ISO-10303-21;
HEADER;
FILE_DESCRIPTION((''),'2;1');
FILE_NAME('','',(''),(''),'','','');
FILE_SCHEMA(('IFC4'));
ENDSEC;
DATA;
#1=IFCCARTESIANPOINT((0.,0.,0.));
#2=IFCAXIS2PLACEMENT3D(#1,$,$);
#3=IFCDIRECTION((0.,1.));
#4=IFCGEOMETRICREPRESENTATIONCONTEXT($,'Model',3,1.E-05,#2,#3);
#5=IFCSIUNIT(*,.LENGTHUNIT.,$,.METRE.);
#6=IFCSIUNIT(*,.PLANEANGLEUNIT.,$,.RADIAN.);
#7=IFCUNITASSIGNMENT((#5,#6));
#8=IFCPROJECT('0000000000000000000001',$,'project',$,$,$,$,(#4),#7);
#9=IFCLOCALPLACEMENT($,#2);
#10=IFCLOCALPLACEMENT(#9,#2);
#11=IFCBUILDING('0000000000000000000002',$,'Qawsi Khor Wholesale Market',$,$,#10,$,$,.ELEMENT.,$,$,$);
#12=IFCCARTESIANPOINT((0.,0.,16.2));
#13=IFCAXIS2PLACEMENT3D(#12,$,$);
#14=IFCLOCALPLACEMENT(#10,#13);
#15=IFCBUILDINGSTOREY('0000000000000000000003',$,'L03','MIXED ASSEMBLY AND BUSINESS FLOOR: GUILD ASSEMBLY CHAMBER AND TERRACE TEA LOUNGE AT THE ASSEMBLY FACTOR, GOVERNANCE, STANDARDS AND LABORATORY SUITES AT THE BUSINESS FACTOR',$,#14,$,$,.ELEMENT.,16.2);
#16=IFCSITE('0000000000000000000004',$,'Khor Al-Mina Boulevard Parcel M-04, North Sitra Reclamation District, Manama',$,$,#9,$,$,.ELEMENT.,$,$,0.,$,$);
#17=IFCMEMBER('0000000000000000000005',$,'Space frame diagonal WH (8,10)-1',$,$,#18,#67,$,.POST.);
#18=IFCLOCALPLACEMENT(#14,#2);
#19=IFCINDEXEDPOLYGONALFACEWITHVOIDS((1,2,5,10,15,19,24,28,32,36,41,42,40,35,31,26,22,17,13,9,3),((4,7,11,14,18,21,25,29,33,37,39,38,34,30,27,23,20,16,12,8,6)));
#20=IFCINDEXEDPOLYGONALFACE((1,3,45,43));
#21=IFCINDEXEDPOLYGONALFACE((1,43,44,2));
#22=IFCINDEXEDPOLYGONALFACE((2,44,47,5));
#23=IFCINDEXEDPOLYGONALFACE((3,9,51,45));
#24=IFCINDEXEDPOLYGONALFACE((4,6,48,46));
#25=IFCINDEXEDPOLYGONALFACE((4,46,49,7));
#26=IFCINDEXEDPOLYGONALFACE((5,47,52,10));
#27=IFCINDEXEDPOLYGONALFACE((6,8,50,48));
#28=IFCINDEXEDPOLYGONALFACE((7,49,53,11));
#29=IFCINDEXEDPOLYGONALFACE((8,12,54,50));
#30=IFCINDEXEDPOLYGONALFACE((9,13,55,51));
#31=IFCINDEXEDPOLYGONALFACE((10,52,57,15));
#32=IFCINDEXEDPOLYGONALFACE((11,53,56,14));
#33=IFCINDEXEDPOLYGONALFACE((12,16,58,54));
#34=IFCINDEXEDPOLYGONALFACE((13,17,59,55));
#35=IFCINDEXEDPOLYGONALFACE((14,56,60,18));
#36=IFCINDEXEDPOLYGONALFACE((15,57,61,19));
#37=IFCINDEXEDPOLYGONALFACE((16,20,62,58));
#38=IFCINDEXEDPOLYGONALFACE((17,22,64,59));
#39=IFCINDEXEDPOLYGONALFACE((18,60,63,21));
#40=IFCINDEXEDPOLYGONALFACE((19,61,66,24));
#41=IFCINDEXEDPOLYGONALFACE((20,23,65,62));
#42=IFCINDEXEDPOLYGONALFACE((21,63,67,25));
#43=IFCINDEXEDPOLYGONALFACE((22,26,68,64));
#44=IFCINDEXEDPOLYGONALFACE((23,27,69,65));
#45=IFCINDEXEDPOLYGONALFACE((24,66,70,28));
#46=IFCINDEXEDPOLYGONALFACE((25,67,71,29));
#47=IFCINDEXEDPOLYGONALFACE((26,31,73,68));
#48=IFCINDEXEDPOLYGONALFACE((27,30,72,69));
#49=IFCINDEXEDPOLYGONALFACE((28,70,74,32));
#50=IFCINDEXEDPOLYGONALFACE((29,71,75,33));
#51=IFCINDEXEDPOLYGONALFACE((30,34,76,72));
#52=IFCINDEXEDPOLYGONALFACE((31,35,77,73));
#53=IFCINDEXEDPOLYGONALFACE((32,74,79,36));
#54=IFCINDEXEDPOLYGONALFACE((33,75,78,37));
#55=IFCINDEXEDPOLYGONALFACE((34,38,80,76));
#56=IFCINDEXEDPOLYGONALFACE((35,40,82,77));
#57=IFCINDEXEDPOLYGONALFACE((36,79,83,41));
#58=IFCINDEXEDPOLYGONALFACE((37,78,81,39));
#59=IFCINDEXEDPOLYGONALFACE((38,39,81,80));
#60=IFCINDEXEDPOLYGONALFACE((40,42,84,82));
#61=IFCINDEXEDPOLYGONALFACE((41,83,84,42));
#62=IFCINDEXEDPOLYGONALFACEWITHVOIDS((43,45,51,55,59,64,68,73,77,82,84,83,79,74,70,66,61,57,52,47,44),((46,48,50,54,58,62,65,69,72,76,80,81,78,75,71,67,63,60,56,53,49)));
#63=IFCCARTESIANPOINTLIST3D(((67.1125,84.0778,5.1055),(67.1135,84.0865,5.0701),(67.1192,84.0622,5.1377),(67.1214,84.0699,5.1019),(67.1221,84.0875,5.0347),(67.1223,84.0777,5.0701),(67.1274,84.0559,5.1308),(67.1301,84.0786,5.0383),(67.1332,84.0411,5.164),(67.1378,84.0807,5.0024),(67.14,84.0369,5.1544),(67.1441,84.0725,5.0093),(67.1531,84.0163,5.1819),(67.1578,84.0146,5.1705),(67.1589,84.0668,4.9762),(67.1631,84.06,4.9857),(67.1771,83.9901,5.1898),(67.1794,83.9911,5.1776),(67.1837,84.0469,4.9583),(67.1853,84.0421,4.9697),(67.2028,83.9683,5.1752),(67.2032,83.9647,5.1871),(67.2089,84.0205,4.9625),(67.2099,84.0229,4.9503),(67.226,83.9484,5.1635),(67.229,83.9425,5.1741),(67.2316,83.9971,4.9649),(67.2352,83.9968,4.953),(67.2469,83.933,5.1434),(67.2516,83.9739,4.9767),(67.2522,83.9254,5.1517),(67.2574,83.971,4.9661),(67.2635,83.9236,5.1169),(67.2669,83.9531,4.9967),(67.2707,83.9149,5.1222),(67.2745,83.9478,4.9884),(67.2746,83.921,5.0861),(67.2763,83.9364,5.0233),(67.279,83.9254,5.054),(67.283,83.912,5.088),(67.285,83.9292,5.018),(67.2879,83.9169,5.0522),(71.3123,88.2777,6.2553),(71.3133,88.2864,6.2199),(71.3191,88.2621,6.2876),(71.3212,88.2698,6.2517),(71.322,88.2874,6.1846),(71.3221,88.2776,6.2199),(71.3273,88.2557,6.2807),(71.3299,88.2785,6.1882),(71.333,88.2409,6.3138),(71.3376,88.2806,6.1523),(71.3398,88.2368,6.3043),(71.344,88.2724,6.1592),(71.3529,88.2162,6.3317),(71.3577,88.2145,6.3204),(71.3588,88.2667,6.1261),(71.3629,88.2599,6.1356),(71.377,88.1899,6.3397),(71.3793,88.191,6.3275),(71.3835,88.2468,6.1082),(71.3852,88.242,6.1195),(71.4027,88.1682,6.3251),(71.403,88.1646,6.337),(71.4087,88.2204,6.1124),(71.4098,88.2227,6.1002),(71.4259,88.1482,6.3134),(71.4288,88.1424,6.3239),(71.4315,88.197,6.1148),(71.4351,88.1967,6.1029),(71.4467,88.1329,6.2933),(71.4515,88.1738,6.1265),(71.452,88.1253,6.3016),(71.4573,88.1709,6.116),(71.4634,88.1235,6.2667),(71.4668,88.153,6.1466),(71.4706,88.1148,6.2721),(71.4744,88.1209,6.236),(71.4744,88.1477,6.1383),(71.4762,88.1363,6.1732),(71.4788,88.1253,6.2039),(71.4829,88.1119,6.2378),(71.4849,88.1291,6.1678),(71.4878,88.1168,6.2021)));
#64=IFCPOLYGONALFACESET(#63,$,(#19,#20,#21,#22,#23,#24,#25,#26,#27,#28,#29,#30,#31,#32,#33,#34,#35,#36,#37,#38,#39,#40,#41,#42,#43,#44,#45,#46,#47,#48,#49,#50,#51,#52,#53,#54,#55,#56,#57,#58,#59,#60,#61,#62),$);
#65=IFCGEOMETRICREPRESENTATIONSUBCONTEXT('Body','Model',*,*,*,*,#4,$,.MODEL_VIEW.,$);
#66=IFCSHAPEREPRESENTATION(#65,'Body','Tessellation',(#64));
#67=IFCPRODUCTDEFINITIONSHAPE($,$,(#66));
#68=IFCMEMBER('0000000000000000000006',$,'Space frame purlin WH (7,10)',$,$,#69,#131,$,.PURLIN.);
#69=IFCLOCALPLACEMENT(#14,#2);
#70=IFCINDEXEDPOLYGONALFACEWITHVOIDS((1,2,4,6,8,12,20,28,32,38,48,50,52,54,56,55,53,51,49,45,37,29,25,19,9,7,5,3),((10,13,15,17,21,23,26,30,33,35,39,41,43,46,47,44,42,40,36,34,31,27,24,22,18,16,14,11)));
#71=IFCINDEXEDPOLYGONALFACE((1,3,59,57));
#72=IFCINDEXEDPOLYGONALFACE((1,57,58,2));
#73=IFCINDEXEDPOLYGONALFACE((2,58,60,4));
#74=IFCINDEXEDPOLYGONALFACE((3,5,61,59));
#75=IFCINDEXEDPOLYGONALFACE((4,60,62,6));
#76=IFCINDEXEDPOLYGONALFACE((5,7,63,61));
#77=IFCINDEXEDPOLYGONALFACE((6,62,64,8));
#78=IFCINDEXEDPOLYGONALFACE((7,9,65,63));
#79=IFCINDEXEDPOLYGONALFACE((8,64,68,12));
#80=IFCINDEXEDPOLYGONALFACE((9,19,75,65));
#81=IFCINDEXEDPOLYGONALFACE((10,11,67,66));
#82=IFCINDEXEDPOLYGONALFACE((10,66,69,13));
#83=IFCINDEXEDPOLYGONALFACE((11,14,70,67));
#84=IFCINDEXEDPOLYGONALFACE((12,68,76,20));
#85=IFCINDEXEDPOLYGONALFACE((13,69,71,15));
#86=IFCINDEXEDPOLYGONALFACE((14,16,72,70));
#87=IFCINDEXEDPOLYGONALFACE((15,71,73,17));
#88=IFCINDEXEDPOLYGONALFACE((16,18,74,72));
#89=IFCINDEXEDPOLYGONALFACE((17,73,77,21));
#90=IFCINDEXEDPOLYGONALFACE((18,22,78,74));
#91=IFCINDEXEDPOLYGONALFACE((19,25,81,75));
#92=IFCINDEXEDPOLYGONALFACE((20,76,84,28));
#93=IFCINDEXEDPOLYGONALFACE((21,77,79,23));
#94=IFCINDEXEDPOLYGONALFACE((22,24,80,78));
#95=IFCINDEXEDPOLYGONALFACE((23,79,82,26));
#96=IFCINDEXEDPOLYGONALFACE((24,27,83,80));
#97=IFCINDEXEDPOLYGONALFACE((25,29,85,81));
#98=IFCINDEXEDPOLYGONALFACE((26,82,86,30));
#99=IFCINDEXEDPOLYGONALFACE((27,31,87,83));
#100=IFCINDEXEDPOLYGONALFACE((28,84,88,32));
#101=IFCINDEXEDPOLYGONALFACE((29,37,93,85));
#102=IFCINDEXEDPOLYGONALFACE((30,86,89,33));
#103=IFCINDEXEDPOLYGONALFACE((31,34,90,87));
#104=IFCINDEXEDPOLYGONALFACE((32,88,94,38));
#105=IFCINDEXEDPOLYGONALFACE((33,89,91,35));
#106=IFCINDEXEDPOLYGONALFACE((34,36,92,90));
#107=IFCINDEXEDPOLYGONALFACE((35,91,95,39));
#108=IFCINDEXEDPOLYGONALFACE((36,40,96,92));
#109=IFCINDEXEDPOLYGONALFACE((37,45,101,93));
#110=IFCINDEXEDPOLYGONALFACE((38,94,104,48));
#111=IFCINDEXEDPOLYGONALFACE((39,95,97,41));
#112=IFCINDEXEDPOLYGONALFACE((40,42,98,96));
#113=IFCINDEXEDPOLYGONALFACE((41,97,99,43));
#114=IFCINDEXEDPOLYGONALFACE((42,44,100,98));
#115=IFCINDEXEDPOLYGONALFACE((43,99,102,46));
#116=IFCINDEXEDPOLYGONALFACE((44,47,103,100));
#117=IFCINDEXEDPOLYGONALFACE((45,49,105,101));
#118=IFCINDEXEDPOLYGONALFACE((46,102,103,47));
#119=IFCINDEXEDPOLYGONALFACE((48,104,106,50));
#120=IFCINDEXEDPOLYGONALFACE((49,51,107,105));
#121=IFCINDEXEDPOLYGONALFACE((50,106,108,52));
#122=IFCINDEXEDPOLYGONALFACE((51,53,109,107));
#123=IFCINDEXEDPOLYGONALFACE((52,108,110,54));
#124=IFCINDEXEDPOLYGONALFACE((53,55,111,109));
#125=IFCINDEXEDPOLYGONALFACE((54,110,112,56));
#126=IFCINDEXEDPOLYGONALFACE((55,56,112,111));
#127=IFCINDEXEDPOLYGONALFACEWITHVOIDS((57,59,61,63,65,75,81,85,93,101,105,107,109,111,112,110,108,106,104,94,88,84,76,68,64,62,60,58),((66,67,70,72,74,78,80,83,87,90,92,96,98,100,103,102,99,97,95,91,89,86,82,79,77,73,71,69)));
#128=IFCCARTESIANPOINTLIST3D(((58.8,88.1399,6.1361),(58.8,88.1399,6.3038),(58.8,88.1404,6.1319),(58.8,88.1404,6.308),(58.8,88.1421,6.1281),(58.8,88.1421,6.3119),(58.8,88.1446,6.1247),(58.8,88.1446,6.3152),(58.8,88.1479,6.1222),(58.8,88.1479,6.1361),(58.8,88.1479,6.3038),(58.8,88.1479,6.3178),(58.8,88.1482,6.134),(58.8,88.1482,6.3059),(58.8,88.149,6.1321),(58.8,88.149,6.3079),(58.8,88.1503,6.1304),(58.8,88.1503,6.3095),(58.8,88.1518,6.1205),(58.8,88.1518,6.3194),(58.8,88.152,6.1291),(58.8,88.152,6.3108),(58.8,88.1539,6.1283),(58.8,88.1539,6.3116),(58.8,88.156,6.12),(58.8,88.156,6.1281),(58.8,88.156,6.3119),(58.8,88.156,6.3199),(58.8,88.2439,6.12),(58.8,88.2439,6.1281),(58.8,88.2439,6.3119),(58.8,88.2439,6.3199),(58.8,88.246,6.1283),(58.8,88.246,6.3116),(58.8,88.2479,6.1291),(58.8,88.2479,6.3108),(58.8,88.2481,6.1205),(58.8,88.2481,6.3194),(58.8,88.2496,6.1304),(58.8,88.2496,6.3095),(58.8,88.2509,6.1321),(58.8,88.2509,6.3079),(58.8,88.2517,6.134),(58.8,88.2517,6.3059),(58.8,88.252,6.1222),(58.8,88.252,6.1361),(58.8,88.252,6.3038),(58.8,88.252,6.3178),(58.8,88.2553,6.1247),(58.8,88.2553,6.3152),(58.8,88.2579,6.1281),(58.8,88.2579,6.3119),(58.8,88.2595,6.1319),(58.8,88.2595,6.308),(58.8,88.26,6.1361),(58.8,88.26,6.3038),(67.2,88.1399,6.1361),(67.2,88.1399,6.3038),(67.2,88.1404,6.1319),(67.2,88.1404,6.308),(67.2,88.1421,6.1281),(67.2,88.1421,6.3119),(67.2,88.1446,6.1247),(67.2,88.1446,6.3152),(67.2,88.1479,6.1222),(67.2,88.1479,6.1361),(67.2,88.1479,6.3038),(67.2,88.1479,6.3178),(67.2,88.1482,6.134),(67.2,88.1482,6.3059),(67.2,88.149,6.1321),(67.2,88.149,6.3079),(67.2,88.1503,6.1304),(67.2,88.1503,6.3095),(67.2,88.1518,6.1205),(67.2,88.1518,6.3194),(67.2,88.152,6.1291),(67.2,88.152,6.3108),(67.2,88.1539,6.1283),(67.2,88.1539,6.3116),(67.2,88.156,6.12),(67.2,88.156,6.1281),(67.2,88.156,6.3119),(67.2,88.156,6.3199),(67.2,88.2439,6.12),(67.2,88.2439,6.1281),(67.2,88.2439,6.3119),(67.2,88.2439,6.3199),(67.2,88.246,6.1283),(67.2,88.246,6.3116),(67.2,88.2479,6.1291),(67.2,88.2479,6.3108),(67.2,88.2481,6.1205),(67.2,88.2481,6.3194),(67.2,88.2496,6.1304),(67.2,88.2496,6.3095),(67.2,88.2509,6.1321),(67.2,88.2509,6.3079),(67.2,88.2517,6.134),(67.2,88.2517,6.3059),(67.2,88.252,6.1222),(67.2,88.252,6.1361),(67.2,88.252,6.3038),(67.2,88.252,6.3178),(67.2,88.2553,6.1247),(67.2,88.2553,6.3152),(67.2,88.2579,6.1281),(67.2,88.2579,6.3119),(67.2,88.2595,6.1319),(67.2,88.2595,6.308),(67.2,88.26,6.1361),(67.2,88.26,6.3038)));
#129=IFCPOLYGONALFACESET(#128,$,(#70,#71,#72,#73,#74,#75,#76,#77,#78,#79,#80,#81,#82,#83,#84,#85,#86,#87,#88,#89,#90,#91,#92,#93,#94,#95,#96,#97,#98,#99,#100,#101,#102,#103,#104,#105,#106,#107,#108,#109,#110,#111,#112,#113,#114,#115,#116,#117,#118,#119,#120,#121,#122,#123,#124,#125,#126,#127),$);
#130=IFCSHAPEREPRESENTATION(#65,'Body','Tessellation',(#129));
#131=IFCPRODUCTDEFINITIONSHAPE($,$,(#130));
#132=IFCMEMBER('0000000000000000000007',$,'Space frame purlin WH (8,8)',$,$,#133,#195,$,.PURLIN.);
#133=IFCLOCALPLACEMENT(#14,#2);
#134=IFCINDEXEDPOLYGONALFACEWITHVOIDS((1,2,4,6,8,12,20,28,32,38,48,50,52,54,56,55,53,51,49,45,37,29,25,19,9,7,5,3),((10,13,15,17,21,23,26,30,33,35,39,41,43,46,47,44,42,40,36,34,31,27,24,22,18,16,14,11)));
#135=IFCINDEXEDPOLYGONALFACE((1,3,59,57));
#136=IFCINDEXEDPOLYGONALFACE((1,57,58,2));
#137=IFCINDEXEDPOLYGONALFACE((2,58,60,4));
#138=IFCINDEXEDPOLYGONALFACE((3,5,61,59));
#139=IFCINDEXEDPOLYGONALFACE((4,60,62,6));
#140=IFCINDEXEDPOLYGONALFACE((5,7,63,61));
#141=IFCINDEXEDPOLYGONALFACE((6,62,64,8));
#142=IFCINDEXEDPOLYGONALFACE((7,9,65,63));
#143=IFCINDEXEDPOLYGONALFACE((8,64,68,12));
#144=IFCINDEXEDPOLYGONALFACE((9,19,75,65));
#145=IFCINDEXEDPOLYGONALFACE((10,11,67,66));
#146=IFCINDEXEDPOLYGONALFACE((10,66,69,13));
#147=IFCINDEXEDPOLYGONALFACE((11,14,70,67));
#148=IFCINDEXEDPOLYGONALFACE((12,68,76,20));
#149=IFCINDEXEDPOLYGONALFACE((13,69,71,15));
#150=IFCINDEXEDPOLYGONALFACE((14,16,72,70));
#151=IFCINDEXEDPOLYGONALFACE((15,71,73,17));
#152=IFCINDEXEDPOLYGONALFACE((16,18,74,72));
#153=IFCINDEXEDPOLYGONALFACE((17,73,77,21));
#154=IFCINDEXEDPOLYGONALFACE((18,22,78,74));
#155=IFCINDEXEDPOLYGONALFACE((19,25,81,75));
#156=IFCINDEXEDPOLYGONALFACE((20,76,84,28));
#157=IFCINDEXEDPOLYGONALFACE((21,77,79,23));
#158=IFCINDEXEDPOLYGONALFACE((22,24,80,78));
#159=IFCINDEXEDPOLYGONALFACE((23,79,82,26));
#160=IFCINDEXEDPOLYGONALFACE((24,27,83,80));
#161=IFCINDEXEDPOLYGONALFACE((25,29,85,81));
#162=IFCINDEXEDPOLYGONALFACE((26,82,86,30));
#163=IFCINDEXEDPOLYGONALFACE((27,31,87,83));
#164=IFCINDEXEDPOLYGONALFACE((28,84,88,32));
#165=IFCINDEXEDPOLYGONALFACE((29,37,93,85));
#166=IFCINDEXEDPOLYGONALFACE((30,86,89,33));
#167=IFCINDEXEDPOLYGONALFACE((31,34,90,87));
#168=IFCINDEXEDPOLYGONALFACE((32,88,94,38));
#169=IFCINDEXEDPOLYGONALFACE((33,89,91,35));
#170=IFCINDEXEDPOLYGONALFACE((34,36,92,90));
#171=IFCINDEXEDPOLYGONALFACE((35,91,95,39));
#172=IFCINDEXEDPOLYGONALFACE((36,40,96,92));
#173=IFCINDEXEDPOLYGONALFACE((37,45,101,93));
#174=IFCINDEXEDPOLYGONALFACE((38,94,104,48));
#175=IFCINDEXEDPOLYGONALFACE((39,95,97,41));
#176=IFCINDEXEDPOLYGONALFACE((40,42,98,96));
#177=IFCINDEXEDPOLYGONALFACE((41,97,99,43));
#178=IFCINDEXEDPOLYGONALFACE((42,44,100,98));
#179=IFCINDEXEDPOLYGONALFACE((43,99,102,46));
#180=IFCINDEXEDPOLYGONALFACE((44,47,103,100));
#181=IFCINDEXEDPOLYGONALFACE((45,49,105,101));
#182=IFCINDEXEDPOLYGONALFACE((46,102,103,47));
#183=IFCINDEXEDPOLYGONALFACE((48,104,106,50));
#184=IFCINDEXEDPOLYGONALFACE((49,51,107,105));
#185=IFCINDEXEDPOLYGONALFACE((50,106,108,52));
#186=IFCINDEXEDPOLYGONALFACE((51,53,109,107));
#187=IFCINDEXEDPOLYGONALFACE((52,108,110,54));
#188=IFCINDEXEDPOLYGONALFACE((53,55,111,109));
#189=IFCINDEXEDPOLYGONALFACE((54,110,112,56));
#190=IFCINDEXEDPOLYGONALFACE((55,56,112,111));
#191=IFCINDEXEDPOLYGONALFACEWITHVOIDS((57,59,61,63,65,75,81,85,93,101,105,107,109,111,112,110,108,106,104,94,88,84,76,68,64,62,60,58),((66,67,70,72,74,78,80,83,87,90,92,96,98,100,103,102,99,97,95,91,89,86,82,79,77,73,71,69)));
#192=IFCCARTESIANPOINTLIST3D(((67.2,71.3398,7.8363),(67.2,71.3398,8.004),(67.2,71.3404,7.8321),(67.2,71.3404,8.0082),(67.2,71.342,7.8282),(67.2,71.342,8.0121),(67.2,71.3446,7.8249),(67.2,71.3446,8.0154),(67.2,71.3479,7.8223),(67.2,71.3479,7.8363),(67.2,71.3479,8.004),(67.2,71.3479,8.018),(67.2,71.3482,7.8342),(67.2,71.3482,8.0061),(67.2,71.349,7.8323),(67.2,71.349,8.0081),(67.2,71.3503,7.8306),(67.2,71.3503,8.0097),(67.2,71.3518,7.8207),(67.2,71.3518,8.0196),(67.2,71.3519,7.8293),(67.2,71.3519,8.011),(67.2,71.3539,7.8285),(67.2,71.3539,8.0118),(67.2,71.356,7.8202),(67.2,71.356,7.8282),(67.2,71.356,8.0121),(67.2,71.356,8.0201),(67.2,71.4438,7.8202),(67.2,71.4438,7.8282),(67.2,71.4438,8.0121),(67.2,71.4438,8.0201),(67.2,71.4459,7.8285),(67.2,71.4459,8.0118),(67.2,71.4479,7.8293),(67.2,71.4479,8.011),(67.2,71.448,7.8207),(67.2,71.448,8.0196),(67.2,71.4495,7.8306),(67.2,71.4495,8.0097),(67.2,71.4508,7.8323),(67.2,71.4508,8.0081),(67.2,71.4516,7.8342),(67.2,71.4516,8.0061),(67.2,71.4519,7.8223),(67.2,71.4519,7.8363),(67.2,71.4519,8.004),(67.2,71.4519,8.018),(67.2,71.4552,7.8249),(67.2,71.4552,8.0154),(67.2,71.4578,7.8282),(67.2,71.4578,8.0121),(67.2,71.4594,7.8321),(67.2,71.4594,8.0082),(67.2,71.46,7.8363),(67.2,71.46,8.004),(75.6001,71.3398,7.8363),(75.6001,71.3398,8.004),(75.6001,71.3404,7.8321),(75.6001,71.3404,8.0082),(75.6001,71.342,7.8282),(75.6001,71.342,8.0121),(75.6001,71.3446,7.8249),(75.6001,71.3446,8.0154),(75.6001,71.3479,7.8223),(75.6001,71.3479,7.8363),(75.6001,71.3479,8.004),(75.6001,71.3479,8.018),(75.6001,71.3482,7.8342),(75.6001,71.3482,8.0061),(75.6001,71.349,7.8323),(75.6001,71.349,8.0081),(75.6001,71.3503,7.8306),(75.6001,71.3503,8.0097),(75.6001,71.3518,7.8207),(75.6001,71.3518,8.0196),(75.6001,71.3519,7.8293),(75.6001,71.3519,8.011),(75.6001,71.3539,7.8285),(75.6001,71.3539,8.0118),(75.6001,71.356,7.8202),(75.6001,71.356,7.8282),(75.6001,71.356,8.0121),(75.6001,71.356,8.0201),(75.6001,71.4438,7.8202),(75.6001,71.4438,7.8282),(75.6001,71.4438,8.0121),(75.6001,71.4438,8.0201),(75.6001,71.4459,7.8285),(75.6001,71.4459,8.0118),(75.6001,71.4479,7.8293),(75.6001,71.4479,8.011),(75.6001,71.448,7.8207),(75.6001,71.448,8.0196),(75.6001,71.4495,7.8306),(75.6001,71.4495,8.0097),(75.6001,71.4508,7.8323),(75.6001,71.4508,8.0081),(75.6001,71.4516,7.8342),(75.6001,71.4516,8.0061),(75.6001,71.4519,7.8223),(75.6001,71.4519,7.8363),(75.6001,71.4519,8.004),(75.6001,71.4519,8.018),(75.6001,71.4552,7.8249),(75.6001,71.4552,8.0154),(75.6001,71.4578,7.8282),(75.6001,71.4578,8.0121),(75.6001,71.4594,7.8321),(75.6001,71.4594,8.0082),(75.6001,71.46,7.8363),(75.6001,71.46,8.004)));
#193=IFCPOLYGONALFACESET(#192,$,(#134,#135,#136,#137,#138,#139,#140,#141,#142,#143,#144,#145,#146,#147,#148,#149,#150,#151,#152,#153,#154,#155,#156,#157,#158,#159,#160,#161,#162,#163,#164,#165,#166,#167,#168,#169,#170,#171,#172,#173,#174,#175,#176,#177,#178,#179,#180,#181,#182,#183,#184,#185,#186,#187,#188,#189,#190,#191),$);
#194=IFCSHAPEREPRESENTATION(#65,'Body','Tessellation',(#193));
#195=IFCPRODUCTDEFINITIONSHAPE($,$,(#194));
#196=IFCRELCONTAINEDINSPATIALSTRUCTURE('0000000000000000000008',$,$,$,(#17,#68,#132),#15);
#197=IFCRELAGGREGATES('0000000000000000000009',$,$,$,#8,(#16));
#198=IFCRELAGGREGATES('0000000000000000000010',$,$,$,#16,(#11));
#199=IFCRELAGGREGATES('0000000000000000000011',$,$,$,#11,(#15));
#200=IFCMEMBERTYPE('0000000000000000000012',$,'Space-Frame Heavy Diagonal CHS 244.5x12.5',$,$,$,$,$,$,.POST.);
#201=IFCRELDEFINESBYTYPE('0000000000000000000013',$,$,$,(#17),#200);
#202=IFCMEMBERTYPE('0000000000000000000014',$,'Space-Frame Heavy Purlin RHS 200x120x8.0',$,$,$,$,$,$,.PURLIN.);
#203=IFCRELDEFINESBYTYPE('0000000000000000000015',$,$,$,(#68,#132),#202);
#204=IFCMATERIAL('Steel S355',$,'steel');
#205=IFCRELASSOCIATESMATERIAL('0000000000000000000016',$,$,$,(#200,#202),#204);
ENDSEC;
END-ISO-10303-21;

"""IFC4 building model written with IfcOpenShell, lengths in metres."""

from ifc_helpers import new_model, si_unit, direction, frame, origin, origin_2d, place, context, subcontext, project, spatial, hollow_rectangle, hollow_circle, extrude, material, material_profile, profile_set, type_object, element, save


model = new_model("IFC4")

# Units and contexts
model_context = context("Model", 3, precision=1e-05, world=origin(), true_north=direction((0.0, 1.0)))
body_context = subcontext(model_context, "Body", "Model", "MODEL_VIEW")
ifc_project = project(units=[si_unit("LENGTHUNIT", "METRE"), si_unit("PLANEANGLEUNIT", "RADIAN")], contexts=[model_context])

# Site, building, storey
site_placement = place(None, origin())
site = spatial("IfcSite", under=ifc_project, at=site_placement, Name="Khor Al-Mina Boulevard Parcel M-04, North Sitra Reclamation District, Manama", CompositionType="ELEMENT", RefElevation=0.0)
building_placement = place(site_placement, origin())
building = spatial("IfcBuilding", under=site, at=building_placement, Name="Qawsi Khor Wholesale Market", CompositionType="ELEMENT")
storey_placement = place(building_placement, frame((0.0, 0.0, 16.2)))
storey = spatial("IfcBuildingStorey", under=building, at=storey_placement, Name="L03", Description="MIXED ASSEMBLY AND BUSINESS FLOOR: GUILD ASSEMBLY CHAMBER AND TERRACE TEA LOUNGE AT THE ASSEMBLY FACTOR, GOVERNANCE, STANDARDS AND LABORATORY SUITES AT THE BUSINESS FACTOR", CompositionType="ELEMENT", Elevation=16.2)

# Members
ifc_material_1 = material(Name="Steel S355", Category="steel")
ifc_material_profile_1 = material_profile(ifc_material_1, hollow_circle(Radius=0.1223, WallThickness=0.0125, at=origin_2d()), Name="CHS 244.5x12.5")
ifc_profile_set_1 = profile_set([ifc_material_profile_1], Name="Steel S355")
member_type_1 = type_object("IfcMemberType", Name="Space-Frame Heavy Diagonal CHS 244.5x12.5", PredefinedType="POST", material=ifc_profile_set_1)
member_1_placement = place(storey_placement, frame((67.2, 84.0, 5.0701), z_axis=(0.694217, 0.694217, 0.190069), x_axis=(-0.707107, 0.707107, 0.0)))
element("IfcMember", 1, at=member_1_placement, inside=storey, type_object=member_type_1, Name="Space frame diagonal WH (8,10)-1", PredefinedType="POST", context=body_context, shape_type="SweptSolid", body=[
    extrude(hollow_circle(Radius=0.1223, WallThickness=0.0125, at=origin_2d()), origin(), (0.0, 0.0, 1.0), 6.0498),
])
ifc_material_profile_2 = material_profile(ifc_material_1, hollow_rectangle(XDim=0.1201, YDim=0.2, WallThickness=0.0081, InnerFilletRadius=0.0081, OuterFilletRadius=0.0161, at=origin_2d()), Name="RHS 200x120x8.0")
ifc_profile_set_2 = profile_set([ifc_material_profile_2], Name="Steel S355")
member_type_2 = type_object("IfcMemberType", Name="Space-Frame Heavy Purlin RHS 200x120x8.0", PredefinedType="PURLIN", material=ifc_profile_set_2)
member_2_placement = place(storey_placement, frame((58.8, 88.2, 6.22), z_axis=(1.0, 0.0, 0.0), x_axis=(0.0, 1.0, 0.0)))
element("IfcMember", 2, at=member_2_placement, inside=storey, type_object=member_type_2, Name="Space frame purlin WH (7,10)", PredefinedType="PURLIN", context=body_context, shape_type="SweptSolid", body=[
    extrude(hollow_rectangle(XDim=0.1201, YDim=0.2, WallThickness=0.0081, InnerFilletRadius=0.0081, OuterFilletRadius=0.0161, at=origin_2d()), origin(), (0.0, 0.0, 1.0), 8.3999),
])
for number, where, z_axis, x_axis, name in (
    (3, (67.2, 71.3999, 7.9202), (1.0, 0.0, 0.0), (0.0, 1.0, 0.0), "Space frame purlin WH (8,8)"),
):
    element("IfcMember", number, at=place(storey_placement, frame(where, z_axis=z_axis, x_axis=x_axis)), inside=storey, type_object=member_type_2, Name=name, PredefinedType="PURLIN", context=body_context, shape_type="SweptSolid", body=[
        extrude(hollow_rectangle(XDim=0.1201, YDim=0.2, WallThickness=0.0081, InnerFilletRadius=0.0081, OuterFilletRadius=0.0161, at=origin_2d()), origin(), (0.0, 0.0, 1.0), 8.4001),
    ])

save(model, "model.ifc")
